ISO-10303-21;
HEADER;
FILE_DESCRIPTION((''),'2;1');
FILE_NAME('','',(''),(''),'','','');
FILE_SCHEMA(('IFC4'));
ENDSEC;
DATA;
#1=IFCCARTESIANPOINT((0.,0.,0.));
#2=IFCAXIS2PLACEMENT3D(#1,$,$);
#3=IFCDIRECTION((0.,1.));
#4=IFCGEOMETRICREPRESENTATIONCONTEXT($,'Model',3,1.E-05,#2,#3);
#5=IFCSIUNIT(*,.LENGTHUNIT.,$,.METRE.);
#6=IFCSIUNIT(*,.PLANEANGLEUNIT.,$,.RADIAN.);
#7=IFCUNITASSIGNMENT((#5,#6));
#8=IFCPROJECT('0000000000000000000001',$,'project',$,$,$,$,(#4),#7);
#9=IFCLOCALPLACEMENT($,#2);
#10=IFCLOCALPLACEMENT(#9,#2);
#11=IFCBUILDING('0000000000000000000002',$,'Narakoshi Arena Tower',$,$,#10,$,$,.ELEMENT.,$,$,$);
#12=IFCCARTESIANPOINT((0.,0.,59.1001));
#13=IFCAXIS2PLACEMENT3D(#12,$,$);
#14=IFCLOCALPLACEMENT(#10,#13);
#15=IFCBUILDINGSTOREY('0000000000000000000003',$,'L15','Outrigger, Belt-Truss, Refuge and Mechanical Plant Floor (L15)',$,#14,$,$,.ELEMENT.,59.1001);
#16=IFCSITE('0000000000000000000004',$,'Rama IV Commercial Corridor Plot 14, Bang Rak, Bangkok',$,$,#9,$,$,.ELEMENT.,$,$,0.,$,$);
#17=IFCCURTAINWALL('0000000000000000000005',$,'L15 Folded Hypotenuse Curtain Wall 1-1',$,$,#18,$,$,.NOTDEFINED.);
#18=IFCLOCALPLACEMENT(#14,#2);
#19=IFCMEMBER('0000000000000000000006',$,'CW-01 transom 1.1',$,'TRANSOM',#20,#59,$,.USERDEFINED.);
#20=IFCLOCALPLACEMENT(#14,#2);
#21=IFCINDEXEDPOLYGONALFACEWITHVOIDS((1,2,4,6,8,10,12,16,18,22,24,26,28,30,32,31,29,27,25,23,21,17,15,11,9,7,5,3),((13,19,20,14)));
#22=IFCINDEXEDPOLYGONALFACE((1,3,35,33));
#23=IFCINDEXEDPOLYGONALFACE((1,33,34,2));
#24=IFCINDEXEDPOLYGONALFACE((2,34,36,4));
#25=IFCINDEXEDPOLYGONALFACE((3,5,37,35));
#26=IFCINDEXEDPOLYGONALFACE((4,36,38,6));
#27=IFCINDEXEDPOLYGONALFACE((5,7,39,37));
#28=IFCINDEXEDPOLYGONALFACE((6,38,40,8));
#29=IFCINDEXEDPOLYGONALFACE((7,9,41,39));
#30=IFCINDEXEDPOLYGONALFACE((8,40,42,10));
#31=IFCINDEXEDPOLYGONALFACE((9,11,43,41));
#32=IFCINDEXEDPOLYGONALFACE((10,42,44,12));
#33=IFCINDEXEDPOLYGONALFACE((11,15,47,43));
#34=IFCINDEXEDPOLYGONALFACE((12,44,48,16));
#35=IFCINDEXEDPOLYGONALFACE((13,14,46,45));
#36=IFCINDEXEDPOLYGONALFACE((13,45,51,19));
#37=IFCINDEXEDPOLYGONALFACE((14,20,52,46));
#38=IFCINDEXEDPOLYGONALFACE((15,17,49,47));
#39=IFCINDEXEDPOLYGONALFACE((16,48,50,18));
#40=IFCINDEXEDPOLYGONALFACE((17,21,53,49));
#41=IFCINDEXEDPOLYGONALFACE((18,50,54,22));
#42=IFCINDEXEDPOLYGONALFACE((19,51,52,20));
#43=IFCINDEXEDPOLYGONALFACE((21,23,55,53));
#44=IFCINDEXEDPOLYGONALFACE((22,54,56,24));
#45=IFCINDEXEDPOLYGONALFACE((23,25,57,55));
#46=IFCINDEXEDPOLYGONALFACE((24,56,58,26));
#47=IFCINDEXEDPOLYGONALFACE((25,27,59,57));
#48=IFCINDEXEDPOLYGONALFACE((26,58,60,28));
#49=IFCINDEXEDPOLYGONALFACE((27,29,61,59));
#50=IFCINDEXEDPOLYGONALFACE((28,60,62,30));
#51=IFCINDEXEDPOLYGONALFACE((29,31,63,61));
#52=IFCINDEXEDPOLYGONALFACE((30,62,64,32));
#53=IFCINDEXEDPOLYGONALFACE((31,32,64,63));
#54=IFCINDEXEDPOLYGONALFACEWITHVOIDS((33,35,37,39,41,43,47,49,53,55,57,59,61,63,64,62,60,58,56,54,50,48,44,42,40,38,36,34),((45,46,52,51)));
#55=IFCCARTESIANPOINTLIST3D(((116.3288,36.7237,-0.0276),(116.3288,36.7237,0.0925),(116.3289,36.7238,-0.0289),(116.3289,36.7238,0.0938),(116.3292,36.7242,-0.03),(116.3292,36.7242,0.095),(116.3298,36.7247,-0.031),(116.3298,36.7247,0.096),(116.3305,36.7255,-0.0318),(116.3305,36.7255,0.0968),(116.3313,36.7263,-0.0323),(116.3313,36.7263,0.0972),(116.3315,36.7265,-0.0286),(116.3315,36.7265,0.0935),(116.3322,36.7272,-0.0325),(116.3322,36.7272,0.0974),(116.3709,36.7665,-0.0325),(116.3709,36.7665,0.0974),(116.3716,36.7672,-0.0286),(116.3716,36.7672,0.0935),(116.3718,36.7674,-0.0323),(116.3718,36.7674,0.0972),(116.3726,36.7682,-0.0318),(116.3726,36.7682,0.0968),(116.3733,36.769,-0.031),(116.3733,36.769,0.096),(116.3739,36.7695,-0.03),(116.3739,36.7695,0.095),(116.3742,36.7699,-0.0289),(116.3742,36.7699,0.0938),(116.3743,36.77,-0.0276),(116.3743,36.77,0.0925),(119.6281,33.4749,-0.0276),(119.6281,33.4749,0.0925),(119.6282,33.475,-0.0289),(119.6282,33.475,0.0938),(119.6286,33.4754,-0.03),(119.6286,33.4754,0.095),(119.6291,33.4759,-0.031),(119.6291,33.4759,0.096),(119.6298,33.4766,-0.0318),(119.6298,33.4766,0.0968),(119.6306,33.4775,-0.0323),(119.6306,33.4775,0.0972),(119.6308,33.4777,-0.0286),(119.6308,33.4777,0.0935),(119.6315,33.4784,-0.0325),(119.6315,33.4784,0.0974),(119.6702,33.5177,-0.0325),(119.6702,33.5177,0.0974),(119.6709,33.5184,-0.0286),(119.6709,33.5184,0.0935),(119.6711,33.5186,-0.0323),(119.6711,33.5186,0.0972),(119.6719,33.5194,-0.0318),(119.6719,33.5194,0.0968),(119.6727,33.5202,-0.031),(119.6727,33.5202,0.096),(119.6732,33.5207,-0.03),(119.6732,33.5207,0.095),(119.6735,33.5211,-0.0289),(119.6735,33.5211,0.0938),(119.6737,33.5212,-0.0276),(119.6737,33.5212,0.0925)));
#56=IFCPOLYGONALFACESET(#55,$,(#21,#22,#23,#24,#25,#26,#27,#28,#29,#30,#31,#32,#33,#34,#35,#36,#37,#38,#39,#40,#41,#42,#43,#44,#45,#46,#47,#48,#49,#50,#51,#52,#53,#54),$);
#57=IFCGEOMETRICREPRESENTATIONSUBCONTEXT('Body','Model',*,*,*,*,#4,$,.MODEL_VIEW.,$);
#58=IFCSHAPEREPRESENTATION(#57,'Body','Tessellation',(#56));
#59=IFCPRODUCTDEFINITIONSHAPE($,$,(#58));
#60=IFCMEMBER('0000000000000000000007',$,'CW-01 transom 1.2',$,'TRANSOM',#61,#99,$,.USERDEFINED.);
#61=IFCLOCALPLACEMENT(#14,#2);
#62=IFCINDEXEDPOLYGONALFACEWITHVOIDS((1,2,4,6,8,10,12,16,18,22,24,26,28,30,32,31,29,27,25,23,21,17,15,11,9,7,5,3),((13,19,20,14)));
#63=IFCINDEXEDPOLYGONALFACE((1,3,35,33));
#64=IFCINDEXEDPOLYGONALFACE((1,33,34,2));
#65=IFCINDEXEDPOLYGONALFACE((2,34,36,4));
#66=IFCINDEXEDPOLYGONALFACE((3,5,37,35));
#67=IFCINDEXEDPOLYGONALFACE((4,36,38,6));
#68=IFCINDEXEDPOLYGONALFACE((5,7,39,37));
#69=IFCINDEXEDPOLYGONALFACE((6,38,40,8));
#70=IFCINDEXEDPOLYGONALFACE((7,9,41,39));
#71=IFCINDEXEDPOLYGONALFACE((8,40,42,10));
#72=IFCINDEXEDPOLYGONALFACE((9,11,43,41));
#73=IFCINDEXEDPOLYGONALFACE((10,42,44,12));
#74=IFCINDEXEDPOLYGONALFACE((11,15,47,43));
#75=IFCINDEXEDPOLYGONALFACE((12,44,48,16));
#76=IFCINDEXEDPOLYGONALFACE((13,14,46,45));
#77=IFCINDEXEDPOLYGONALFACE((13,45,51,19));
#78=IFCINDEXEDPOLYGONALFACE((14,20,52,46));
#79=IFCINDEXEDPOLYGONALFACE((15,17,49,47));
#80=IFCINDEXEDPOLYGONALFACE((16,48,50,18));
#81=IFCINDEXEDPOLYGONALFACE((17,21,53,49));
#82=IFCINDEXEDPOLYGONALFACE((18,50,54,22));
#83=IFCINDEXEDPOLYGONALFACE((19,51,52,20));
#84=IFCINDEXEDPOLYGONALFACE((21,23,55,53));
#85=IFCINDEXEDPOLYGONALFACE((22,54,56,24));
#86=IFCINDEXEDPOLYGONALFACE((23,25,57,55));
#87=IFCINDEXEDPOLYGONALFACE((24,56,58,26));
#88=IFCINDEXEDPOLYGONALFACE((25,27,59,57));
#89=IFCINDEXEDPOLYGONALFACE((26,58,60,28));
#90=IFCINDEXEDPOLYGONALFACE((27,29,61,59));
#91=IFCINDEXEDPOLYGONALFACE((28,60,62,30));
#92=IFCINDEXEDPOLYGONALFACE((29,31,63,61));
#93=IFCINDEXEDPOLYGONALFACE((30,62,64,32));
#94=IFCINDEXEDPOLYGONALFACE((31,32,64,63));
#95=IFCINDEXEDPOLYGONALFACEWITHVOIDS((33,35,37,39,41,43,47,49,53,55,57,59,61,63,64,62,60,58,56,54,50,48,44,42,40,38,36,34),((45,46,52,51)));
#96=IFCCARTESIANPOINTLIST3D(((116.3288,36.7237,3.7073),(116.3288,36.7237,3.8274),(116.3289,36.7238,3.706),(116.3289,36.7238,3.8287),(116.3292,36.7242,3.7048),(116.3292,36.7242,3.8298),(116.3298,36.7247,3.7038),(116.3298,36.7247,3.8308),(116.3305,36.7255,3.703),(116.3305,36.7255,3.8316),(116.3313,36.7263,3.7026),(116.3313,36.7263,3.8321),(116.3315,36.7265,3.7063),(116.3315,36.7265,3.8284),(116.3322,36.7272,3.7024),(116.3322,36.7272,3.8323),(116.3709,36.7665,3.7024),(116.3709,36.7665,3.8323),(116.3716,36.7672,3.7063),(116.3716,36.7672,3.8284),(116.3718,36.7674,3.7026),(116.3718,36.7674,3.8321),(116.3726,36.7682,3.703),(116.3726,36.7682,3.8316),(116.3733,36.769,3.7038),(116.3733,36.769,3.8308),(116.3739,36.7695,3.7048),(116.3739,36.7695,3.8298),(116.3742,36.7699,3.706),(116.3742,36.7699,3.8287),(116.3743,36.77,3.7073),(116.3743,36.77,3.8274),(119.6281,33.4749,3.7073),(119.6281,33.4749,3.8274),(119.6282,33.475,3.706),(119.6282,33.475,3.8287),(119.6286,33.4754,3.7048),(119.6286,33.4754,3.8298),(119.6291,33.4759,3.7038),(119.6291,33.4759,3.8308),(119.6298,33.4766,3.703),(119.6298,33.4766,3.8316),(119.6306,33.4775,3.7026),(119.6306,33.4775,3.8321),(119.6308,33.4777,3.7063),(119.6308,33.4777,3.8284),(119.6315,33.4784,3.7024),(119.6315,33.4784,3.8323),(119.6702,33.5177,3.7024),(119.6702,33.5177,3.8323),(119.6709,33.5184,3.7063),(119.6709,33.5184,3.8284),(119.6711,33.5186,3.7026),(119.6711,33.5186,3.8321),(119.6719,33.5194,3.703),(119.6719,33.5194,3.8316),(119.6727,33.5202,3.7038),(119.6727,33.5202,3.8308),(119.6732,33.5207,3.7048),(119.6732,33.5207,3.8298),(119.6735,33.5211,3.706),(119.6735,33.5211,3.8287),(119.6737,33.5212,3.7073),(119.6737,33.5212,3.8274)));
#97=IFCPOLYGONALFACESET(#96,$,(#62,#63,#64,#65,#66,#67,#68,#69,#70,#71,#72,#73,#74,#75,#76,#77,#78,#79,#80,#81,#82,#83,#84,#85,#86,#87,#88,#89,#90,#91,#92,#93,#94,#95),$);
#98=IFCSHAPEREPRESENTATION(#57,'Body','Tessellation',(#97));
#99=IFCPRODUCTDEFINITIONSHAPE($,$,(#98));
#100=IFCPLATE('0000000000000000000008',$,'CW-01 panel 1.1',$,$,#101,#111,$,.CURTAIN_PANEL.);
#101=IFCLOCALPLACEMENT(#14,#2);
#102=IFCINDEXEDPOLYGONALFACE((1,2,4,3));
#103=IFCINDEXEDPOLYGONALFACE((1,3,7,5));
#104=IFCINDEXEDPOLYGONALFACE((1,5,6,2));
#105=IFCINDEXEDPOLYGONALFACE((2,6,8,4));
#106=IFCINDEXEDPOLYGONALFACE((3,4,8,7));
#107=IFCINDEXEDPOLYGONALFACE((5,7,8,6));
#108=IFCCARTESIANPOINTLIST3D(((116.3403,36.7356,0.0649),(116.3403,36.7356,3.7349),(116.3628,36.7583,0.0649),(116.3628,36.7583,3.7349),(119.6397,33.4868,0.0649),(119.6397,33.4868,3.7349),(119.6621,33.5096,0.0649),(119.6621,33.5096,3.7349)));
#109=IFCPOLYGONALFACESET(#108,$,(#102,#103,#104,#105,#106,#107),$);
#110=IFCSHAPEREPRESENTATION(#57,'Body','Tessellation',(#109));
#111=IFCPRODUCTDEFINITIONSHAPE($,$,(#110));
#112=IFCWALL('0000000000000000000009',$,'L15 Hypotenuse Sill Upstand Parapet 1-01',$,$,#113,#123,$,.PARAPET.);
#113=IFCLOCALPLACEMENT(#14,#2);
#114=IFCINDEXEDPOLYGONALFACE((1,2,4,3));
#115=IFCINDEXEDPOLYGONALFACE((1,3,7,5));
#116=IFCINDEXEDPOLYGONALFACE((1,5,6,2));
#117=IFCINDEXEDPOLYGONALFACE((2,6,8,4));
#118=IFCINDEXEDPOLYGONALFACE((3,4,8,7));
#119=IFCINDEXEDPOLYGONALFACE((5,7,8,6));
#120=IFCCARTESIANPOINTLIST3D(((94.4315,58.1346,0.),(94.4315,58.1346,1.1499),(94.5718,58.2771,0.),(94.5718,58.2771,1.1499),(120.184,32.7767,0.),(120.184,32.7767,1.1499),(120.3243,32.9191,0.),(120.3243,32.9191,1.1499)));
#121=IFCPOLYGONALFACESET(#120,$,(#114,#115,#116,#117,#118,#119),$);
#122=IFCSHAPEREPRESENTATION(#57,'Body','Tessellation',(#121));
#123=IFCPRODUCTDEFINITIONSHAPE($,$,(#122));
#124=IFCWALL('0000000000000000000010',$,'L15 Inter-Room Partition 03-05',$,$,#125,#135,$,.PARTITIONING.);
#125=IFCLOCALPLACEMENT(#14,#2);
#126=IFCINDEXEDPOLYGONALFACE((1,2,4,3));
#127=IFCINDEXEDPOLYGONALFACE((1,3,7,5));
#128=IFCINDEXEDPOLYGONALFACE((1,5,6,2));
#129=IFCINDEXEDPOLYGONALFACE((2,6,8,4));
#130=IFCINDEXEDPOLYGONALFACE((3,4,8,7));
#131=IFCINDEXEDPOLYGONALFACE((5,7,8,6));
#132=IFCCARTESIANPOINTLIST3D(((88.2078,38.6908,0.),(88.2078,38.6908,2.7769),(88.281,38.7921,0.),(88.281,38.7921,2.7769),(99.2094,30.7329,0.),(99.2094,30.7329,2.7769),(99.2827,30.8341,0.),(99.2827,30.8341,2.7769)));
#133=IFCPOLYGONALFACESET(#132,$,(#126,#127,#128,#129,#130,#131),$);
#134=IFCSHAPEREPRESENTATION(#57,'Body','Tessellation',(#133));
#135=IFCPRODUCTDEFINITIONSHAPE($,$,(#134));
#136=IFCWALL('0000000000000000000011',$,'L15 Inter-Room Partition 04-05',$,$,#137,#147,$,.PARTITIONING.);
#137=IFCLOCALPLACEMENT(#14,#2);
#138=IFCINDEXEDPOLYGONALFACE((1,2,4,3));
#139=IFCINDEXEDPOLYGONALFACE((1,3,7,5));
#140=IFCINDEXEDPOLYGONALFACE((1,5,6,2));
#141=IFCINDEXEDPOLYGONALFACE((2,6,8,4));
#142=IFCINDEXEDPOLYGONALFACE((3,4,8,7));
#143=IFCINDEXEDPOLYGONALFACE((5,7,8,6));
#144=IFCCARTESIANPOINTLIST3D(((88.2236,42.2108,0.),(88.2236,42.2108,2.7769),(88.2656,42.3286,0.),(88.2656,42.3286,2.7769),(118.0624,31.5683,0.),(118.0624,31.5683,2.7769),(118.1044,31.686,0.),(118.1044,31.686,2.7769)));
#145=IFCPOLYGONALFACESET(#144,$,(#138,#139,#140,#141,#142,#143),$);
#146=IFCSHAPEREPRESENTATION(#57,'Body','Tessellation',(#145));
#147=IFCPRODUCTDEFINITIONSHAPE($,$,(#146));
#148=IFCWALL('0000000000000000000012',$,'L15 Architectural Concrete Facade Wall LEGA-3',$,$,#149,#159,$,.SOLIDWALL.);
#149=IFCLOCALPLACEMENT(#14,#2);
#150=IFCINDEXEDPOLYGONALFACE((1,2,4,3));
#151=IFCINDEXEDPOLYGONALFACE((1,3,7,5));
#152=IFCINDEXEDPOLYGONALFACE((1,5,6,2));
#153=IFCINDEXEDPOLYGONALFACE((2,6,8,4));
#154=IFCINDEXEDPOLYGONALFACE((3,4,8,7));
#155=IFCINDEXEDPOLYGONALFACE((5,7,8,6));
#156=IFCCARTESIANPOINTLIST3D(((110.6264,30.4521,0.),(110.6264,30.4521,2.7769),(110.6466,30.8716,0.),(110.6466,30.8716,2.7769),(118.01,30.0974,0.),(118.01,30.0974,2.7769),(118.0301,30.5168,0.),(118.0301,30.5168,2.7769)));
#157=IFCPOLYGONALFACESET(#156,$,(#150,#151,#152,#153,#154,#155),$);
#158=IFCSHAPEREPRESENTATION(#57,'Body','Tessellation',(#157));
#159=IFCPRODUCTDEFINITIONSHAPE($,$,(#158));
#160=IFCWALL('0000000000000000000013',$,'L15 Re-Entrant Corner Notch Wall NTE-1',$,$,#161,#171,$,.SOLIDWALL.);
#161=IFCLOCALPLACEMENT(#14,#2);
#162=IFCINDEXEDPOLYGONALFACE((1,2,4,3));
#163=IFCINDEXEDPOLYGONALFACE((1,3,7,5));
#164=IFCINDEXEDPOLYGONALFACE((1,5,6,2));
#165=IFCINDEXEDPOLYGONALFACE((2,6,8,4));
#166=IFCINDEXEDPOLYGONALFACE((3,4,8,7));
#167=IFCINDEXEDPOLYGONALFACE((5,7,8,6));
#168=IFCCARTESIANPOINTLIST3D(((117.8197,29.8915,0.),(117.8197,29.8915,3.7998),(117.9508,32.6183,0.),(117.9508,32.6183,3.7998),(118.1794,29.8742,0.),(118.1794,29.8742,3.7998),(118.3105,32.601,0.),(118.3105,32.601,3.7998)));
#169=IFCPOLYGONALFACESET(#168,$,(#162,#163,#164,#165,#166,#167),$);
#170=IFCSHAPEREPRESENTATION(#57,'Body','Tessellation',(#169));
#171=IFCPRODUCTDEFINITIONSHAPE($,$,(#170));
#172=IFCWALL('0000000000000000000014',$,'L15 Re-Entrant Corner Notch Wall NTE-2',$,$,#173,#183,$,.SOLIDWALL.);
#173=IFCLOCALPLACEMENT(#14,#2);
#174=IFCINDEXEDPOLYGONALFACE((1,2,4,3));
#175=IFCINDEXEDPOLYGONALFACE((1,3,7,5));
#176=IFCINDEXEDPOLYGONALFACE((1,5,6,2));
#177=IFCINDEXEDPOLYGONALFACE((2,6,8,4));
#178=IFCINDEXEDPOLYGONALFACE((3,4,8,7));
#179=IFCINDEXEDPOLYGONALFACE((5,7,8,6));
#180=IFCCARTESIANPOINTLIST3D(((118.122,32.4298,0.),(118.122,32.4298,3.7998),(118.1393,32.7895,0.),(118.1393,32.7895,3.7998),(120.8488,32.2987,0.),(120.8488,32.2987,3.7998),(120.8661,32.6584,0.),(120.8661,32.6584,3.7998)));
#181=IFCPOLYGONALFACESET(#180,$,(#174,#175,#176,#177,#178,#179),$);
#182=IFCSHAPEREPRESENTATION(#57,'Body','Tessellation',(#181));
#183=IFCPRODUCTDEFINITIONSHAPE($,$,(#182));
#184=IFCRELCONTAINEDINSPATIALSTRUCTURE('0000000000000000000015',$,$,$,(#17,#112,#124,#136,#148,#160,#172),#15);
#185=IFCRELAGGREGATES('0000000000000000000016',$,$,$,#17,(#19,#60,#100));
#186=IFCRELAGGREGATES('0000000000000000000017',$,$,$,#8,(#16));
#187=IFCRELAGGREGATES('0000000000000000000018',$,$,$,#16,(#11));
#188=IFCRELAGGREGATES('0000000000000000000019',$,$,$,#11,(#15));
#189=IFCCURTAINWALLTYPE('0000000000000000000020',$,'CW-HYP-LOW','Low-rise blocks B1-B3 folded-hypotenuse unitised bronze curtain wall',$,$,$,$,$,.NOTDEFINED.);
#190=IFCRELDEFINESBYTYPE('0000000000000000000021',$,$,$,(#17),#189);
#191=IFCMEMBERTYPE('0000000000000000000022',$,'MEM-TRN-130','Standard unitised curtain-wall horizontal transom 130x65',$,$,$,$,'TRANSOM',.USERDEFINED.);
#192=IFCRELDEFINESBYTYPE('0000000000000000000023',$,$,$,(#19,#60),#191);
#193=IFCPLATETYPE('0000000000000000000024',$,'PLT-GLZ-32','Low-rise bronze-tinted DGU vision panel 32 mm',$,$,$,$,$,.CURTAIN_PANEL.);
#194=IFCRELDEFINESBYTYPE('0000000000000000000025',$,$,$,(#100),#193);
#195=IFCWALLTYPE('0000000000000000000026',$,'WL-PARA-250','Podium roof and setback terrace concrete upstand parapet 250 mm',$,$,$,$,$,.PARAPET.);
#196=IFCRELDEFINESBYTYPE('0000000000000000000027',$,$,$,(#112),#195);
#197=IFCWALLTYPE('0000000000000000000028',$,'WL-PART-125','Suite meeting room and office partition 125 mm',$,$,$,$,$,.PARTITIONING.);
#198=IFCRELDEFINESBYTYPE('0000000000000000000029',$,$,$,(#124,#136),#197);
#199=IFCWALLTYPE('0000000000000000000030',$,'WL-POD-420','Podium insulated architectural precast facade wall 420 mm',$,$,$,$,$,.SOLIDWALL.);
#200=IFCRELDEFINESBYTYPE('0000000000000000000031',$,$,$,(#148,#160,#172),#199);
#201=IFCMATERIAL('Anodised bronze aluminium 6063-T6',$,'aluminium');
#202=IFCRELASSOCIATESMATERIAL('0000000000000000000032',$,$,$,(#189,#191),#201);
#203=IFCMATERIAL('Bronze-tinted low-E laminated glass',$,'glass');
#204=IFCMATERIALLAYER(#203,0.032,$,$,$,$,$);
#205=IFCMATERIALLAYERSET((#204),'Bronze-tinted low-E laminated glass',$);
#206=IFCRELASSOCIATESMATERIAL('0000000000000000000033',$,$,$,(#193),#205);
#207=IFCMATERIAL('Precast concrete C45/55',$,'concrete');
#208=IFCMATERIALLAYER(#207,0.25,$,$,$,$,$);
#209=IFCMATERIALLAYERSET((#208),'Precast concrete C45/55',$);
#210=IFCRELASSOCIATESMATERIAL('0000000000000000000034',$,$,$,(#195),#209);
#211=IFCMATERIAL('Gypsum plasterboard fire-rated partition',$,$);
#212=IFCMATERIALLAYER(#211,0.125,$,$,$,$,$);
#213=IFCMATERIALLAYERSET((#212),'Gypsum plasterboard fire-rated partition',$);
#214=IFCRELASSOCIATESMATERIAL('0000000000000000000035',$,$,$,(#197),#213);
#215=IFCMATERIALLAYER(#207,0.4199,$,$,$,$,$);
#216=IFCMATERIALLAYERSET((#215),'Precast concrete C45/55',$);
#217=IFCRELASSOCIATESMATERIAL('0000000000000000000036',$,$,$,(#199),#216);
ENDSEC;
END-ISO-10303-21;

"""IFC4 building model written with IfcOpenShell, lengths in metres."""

from ifc_helpers import new_model, si_unit, direction, frame, frame_2d, origin, origin_2d, place, context, subcontext, project, spatial, rectangle, hollow_rectangle, extrude, material, layer, layer_set, material_profile, profile_set, type_object, element, aggregate, save


model = new_model("IFC4")

# Units and contexts
model_context = context("Model", 3, precision=1e-05, world=origin(), true_north=direction((0.0, 1.0)))
body_context = subcontext(model_context, "Body", "Model", "MODEL_VIEW")
ifc_project = project(units=[si_unit("LENGTHUNIT", "METRE"), si_unit("PLANEANGLEUNIT", "RADIAN")], contexts=[model_context])

# Site, building, storey
site_placement = place(None, origin())
site = spatial("IfcSite", under=ifc_project, at=site_placement, Name="Rama IV Commercial Corridor Plot 14, Bang Rak, Bangkok", CompositionType="ELEMENT", RefElevation=0.0)
building_placement = place(site_placement, origin())
building = spatial("IfcBuilding", under=site, at=building_placement, Name="Narakoshi Arena Tower", CompositionType="ELEMENT")
storey_placement = place(building_placement, frame((0.0, 0.0, 59.1001)))
storey = spatial("IfcBuildingStorey", under=building, at=storey_placement, Name="L15", Description="Outrigger, Belt-Truss, Refuge and Mechanical Plant Floor (L15)", CompositionType="ELEMENT", Elevation=59.1001)

# Curtain wall
ifc_material_1 = material(Name="Anodised bronze aluminium 6063-T6", Category="aluminium")
curtain_wall_type = type_object("IfcCurtainWallType", Name="CW-HYP-LOW", Description="Low-rise blocks B1-B3 folded-hypotenuse unitised bronze curtain wall", PredefinedType="NOTDEFINED", material=ifc_material_1)
curtain_wall_1_placement = place(storey_placement, origin())
curtain_wall_1 = element("IfcCurtainWall", 1, at=curtain_wall_1_placement, inside=storey, type_object=curtain_wall_type, Name="L15 Folded Hypotenuse Curtain Wall 1-1", PredefinedType="NOTDEFINED")

# Members
ifc_material_profile_1 = material_profile(ifc_material_1, hollow_rectangle(XDim=0.0649, YDim=0.1299, WallThickness=0.0039, OuterFilletRadius=0.0049, at=origin_2d()), Name="TRN130x65x4")
ifc_profile_set_1 = profile_set([ifc_material_profile_1], Name="Anodised bronze aluminium 6063-T6")
member_type_1 = type_object("IfcMemberType", Name="MEM-TRN-130", Description="Standard unitised curtain-wall horizontal transom 130x65", ElementType="TRANSOM", PredefinedType="USERDEFINED", material=ifc_profile_set_1)
member_1_placement = place(storey_placement, frame((119.6509, 33.498, 0.0325), z_axis=(-0.712543, 0.701629, 0.0), x_axis=(-0.701629, -0.712543, 0.0)))
member_1 = element("IfcMember", 2, at=member_1_placement, type_object=member_type_1, Name="CW-01 transom 1.1", ObjectType="TRANSOM", PredefinedType="USERDEFINED", context=body_context, shape_type="SweptSolid", body=[
    extrude(hollow_rectangle(XDim=0.0649, YDim=0.1299, WallThickness=0.0039, OuterFilletRadius=0.0049, at=origin_2d()), origin(), (0.0, 0.0, 1.0), 4.6304),
])
member_2_placement = place(storey_placement, frame((119.6509, 33.498, 3.7673), z_axis=(-0.712543, 0.701629, 0.0), x_axis=(-0.701629, -0.712543, 0.0)))
member_2 = element("IfcMember", 3, at=member_2_placement, type_object=member_type_1, Name="CW-01 transom 1.2", ObjectType="TRANSOM", PredefinedType="USERDEFINED", context=body_context, shape_type="SweptSolid", body=[
    extrude(hollow_rectangle(XDim=0.0649, YDim=0.1299, WallThickness=0.0039, OuterFilletRadius=0.0049, at=origin_2d()), origin(), (0.0, 0.0, 1.0), 4.6304),
])

# Plate
ifc_material_2 = material(Name="Bronze-tinted low-E laminated glass", Category="glass")
ifc_layer_1 = layer(ifc_material_2, 0.032)
ifc_layer_set_1 = layer_set([ifc_layer_1], Name="Bronze-tinted low-E laminated glass")
plate_type = type_object("IfcPlateType", Name="PLT-GLZ-32", Description="Low-rise bronze-tinted DGU vision panel 32 mm", PredefinedType="CURTAIN_PANEL", material=ifc_layer_set_1)
plate_placement = place(storey_placement, frame((118.0012, 35.1226, 0.0649), z_axis=(0.0, 0.0, 1.0), x_axis=(-0.712546, 0.701626, 0.0)))
plate = element("IfcPlate", 4, at=plate_placement, type_object=plate_type, Name="CW-01 panel 1.1", PredefinedType="CURTAIN_PANEL", context=body_context, shape_type="SweptSolid", body=[
    extrude(rectangle(XDim=4.6304, YDim=0.032, at=origin_2d()), origin(), (0.0, 0.0, 1.0), 3.6699),
])
aggregate(curtain_wall_1, [member_1, member_2, plate])

# Walls
ifc_material_3 = material(Name="Precast concrete C45/55", Category="concrete")
ifc_layer_2 = layer(ifc_material_3, 0.25)
ifc_layer_set_2 = layer_set([ifc_layer_2], Name="Precast concrete C45/55")
wall_type_1 = type_object("IfcWallType", Name="WL-PARA-250", Description="Podium roof and setback terrace concrete upstand parapet 250 mm", PredefinedType="PARAPET", material=ifc_layer_set_2)
wall_1_placement = place(storey_placement, frame((120.2542, 32.8479, 0.0), z_axis=(0.0, 0.0, 1.0), x_axis=(-0.712544, 0.701628, 0.0)))
element("IfcWall", 5, at=wall_1_placement, inside=storey, type_object=wall_type_1, Name="L15 Hypotenuse Sill Upstand Parapet 1-01", PredefinedType="PARAPET", context=body_context, shape_type="SweptSolid", body=[
    extrude(rectangle(XDim=36.1416, YDim=0.2, at=frame_2d((18.0708, 0.0))), origin(), (0.0, 0.0, 1.0), 1.1499),
])
ifc_material_4 = material(Name="Gypsum plasterboard fire-rated partition")
ifc_layer_3 = layer(ifc_material_4, 0.125)
ifc_layer_set_3 = layer_set([ifc_layer_3], Name="Gypsum plasterboard fire-rated partition")
wall_type_2 = type_object("IfcWallType", Name="WL-PART-125", Description="Suite meeting room and office partition 125 mm", PredefinedType="PARTITIONING", material=ifc_layer_set_3)
wall_2_placement = place(storey_placement, frame((88.2444, 38.7415, 0.0), z_axis=(0.0, 0.0, 1.0), x_axis=(0.810248, -0.586087, 0.0)))
element("IfcWall", 6, at=wall_2_placement, inside=storey, type_object=wall_type_2, Name="L15 Inter-Room Partition 03-05", PredefinedType="PARTITIONING", context=body_context, shape_type="SweptSolid", body=[
    extrude(rectangle(XDim=13.5781, YDim=0.125, at=frame_2d((6.7891, 0.0))), origin(), (0.0, 0.0, 1.0), 2.7769),
])
wall_3_placement = place(storey_placement, frame((118.0833, 31.6272, 0.0), z_axis=(0.0, 0.0, 1.0), x_axis=(-0.941883, 0.33594, 0.0)))
element("IfcWall", 7, at=wall_3_placement, inside=storey, type_object=wall_type_2, Name="L15 Inter-Room Partition 04-05", PredefinedType="PARTITIONING", context=body_context, shape_type="SweptSolid", body=[
    extrude(rectangle(XDim=31.6799, YDim=0.125, at=frame_2d((15.8398, 0.0))), origin(), (0.0, 0.0, 1.0), 2.7769),
])
ifc_layer_4 = layer(ifc_material_3, 0.4199)
ifc_layer_set_4 = layer_set([ifc_layer_4], Name="Precast concrete C45/55")
wall_type_3 = type_object("IfcWallType", Name="WL-POD-420", Description="Podium insulated architectural precast facade wall 420 mm", PredefinedType="SOLIDWALL", material=ifc_layer_set_4)
wall_4_placement = place(storey_placement, frame((110.6365, 30.6619, 0.0), z_axis=(0.0, 0.0, 1.0), x_axis=(0.998848, -0.047989, 0.0)))
element("IfcWall", 8, at=wall_4_placement, inside=storey, type_object=wall_type_3, Name="L15 Architectural Concrete Facade Wall LEGA-3", PredefinedType="SOLIDWALL", context=body_context, shape_type="SweptSolid", body=[
    extrude(rectangle(XDim=7.3921, YDim=0.4199, at=frame_2d((3.696, 0.0))), origin(), (0.0, 0.0, 1.0), 2.7769),
])
for number, where, z_axis, x_axis, name in (
    (9, (117.9995, 29.8828, 0.0), (0.0, 0.0, 1.0), (0.048024, 0.998846, 0.0), "L15 Re-Entrant Corner Notch Wall NTE-1"),
    (10, (118.1306, 32.6096, 0.0), (0.0, 0.0, 1.0), (0.998846, -0.048024, 0.0), "L15 Re-Entrant Corner Notch Wall NTE-2"),
):
    element("IfcWall", number, at=place(storey_placement, frame(where, z_axis=z_axis, x_axis=x_axis)), inside=storey, type_object=wall_type_3, Name=name, PredefinedType="SOLIDWALL", context=body_context, shape_type="SweptSolid", body=[
        extrude(rectangle(XDim=2.73, YDim=0.3601, at=frame_2d((1.365, 0.0))), origin(), (0.0, 0.0, 1.0), 3.7998),
    ])

save(model, "model.ifc")
